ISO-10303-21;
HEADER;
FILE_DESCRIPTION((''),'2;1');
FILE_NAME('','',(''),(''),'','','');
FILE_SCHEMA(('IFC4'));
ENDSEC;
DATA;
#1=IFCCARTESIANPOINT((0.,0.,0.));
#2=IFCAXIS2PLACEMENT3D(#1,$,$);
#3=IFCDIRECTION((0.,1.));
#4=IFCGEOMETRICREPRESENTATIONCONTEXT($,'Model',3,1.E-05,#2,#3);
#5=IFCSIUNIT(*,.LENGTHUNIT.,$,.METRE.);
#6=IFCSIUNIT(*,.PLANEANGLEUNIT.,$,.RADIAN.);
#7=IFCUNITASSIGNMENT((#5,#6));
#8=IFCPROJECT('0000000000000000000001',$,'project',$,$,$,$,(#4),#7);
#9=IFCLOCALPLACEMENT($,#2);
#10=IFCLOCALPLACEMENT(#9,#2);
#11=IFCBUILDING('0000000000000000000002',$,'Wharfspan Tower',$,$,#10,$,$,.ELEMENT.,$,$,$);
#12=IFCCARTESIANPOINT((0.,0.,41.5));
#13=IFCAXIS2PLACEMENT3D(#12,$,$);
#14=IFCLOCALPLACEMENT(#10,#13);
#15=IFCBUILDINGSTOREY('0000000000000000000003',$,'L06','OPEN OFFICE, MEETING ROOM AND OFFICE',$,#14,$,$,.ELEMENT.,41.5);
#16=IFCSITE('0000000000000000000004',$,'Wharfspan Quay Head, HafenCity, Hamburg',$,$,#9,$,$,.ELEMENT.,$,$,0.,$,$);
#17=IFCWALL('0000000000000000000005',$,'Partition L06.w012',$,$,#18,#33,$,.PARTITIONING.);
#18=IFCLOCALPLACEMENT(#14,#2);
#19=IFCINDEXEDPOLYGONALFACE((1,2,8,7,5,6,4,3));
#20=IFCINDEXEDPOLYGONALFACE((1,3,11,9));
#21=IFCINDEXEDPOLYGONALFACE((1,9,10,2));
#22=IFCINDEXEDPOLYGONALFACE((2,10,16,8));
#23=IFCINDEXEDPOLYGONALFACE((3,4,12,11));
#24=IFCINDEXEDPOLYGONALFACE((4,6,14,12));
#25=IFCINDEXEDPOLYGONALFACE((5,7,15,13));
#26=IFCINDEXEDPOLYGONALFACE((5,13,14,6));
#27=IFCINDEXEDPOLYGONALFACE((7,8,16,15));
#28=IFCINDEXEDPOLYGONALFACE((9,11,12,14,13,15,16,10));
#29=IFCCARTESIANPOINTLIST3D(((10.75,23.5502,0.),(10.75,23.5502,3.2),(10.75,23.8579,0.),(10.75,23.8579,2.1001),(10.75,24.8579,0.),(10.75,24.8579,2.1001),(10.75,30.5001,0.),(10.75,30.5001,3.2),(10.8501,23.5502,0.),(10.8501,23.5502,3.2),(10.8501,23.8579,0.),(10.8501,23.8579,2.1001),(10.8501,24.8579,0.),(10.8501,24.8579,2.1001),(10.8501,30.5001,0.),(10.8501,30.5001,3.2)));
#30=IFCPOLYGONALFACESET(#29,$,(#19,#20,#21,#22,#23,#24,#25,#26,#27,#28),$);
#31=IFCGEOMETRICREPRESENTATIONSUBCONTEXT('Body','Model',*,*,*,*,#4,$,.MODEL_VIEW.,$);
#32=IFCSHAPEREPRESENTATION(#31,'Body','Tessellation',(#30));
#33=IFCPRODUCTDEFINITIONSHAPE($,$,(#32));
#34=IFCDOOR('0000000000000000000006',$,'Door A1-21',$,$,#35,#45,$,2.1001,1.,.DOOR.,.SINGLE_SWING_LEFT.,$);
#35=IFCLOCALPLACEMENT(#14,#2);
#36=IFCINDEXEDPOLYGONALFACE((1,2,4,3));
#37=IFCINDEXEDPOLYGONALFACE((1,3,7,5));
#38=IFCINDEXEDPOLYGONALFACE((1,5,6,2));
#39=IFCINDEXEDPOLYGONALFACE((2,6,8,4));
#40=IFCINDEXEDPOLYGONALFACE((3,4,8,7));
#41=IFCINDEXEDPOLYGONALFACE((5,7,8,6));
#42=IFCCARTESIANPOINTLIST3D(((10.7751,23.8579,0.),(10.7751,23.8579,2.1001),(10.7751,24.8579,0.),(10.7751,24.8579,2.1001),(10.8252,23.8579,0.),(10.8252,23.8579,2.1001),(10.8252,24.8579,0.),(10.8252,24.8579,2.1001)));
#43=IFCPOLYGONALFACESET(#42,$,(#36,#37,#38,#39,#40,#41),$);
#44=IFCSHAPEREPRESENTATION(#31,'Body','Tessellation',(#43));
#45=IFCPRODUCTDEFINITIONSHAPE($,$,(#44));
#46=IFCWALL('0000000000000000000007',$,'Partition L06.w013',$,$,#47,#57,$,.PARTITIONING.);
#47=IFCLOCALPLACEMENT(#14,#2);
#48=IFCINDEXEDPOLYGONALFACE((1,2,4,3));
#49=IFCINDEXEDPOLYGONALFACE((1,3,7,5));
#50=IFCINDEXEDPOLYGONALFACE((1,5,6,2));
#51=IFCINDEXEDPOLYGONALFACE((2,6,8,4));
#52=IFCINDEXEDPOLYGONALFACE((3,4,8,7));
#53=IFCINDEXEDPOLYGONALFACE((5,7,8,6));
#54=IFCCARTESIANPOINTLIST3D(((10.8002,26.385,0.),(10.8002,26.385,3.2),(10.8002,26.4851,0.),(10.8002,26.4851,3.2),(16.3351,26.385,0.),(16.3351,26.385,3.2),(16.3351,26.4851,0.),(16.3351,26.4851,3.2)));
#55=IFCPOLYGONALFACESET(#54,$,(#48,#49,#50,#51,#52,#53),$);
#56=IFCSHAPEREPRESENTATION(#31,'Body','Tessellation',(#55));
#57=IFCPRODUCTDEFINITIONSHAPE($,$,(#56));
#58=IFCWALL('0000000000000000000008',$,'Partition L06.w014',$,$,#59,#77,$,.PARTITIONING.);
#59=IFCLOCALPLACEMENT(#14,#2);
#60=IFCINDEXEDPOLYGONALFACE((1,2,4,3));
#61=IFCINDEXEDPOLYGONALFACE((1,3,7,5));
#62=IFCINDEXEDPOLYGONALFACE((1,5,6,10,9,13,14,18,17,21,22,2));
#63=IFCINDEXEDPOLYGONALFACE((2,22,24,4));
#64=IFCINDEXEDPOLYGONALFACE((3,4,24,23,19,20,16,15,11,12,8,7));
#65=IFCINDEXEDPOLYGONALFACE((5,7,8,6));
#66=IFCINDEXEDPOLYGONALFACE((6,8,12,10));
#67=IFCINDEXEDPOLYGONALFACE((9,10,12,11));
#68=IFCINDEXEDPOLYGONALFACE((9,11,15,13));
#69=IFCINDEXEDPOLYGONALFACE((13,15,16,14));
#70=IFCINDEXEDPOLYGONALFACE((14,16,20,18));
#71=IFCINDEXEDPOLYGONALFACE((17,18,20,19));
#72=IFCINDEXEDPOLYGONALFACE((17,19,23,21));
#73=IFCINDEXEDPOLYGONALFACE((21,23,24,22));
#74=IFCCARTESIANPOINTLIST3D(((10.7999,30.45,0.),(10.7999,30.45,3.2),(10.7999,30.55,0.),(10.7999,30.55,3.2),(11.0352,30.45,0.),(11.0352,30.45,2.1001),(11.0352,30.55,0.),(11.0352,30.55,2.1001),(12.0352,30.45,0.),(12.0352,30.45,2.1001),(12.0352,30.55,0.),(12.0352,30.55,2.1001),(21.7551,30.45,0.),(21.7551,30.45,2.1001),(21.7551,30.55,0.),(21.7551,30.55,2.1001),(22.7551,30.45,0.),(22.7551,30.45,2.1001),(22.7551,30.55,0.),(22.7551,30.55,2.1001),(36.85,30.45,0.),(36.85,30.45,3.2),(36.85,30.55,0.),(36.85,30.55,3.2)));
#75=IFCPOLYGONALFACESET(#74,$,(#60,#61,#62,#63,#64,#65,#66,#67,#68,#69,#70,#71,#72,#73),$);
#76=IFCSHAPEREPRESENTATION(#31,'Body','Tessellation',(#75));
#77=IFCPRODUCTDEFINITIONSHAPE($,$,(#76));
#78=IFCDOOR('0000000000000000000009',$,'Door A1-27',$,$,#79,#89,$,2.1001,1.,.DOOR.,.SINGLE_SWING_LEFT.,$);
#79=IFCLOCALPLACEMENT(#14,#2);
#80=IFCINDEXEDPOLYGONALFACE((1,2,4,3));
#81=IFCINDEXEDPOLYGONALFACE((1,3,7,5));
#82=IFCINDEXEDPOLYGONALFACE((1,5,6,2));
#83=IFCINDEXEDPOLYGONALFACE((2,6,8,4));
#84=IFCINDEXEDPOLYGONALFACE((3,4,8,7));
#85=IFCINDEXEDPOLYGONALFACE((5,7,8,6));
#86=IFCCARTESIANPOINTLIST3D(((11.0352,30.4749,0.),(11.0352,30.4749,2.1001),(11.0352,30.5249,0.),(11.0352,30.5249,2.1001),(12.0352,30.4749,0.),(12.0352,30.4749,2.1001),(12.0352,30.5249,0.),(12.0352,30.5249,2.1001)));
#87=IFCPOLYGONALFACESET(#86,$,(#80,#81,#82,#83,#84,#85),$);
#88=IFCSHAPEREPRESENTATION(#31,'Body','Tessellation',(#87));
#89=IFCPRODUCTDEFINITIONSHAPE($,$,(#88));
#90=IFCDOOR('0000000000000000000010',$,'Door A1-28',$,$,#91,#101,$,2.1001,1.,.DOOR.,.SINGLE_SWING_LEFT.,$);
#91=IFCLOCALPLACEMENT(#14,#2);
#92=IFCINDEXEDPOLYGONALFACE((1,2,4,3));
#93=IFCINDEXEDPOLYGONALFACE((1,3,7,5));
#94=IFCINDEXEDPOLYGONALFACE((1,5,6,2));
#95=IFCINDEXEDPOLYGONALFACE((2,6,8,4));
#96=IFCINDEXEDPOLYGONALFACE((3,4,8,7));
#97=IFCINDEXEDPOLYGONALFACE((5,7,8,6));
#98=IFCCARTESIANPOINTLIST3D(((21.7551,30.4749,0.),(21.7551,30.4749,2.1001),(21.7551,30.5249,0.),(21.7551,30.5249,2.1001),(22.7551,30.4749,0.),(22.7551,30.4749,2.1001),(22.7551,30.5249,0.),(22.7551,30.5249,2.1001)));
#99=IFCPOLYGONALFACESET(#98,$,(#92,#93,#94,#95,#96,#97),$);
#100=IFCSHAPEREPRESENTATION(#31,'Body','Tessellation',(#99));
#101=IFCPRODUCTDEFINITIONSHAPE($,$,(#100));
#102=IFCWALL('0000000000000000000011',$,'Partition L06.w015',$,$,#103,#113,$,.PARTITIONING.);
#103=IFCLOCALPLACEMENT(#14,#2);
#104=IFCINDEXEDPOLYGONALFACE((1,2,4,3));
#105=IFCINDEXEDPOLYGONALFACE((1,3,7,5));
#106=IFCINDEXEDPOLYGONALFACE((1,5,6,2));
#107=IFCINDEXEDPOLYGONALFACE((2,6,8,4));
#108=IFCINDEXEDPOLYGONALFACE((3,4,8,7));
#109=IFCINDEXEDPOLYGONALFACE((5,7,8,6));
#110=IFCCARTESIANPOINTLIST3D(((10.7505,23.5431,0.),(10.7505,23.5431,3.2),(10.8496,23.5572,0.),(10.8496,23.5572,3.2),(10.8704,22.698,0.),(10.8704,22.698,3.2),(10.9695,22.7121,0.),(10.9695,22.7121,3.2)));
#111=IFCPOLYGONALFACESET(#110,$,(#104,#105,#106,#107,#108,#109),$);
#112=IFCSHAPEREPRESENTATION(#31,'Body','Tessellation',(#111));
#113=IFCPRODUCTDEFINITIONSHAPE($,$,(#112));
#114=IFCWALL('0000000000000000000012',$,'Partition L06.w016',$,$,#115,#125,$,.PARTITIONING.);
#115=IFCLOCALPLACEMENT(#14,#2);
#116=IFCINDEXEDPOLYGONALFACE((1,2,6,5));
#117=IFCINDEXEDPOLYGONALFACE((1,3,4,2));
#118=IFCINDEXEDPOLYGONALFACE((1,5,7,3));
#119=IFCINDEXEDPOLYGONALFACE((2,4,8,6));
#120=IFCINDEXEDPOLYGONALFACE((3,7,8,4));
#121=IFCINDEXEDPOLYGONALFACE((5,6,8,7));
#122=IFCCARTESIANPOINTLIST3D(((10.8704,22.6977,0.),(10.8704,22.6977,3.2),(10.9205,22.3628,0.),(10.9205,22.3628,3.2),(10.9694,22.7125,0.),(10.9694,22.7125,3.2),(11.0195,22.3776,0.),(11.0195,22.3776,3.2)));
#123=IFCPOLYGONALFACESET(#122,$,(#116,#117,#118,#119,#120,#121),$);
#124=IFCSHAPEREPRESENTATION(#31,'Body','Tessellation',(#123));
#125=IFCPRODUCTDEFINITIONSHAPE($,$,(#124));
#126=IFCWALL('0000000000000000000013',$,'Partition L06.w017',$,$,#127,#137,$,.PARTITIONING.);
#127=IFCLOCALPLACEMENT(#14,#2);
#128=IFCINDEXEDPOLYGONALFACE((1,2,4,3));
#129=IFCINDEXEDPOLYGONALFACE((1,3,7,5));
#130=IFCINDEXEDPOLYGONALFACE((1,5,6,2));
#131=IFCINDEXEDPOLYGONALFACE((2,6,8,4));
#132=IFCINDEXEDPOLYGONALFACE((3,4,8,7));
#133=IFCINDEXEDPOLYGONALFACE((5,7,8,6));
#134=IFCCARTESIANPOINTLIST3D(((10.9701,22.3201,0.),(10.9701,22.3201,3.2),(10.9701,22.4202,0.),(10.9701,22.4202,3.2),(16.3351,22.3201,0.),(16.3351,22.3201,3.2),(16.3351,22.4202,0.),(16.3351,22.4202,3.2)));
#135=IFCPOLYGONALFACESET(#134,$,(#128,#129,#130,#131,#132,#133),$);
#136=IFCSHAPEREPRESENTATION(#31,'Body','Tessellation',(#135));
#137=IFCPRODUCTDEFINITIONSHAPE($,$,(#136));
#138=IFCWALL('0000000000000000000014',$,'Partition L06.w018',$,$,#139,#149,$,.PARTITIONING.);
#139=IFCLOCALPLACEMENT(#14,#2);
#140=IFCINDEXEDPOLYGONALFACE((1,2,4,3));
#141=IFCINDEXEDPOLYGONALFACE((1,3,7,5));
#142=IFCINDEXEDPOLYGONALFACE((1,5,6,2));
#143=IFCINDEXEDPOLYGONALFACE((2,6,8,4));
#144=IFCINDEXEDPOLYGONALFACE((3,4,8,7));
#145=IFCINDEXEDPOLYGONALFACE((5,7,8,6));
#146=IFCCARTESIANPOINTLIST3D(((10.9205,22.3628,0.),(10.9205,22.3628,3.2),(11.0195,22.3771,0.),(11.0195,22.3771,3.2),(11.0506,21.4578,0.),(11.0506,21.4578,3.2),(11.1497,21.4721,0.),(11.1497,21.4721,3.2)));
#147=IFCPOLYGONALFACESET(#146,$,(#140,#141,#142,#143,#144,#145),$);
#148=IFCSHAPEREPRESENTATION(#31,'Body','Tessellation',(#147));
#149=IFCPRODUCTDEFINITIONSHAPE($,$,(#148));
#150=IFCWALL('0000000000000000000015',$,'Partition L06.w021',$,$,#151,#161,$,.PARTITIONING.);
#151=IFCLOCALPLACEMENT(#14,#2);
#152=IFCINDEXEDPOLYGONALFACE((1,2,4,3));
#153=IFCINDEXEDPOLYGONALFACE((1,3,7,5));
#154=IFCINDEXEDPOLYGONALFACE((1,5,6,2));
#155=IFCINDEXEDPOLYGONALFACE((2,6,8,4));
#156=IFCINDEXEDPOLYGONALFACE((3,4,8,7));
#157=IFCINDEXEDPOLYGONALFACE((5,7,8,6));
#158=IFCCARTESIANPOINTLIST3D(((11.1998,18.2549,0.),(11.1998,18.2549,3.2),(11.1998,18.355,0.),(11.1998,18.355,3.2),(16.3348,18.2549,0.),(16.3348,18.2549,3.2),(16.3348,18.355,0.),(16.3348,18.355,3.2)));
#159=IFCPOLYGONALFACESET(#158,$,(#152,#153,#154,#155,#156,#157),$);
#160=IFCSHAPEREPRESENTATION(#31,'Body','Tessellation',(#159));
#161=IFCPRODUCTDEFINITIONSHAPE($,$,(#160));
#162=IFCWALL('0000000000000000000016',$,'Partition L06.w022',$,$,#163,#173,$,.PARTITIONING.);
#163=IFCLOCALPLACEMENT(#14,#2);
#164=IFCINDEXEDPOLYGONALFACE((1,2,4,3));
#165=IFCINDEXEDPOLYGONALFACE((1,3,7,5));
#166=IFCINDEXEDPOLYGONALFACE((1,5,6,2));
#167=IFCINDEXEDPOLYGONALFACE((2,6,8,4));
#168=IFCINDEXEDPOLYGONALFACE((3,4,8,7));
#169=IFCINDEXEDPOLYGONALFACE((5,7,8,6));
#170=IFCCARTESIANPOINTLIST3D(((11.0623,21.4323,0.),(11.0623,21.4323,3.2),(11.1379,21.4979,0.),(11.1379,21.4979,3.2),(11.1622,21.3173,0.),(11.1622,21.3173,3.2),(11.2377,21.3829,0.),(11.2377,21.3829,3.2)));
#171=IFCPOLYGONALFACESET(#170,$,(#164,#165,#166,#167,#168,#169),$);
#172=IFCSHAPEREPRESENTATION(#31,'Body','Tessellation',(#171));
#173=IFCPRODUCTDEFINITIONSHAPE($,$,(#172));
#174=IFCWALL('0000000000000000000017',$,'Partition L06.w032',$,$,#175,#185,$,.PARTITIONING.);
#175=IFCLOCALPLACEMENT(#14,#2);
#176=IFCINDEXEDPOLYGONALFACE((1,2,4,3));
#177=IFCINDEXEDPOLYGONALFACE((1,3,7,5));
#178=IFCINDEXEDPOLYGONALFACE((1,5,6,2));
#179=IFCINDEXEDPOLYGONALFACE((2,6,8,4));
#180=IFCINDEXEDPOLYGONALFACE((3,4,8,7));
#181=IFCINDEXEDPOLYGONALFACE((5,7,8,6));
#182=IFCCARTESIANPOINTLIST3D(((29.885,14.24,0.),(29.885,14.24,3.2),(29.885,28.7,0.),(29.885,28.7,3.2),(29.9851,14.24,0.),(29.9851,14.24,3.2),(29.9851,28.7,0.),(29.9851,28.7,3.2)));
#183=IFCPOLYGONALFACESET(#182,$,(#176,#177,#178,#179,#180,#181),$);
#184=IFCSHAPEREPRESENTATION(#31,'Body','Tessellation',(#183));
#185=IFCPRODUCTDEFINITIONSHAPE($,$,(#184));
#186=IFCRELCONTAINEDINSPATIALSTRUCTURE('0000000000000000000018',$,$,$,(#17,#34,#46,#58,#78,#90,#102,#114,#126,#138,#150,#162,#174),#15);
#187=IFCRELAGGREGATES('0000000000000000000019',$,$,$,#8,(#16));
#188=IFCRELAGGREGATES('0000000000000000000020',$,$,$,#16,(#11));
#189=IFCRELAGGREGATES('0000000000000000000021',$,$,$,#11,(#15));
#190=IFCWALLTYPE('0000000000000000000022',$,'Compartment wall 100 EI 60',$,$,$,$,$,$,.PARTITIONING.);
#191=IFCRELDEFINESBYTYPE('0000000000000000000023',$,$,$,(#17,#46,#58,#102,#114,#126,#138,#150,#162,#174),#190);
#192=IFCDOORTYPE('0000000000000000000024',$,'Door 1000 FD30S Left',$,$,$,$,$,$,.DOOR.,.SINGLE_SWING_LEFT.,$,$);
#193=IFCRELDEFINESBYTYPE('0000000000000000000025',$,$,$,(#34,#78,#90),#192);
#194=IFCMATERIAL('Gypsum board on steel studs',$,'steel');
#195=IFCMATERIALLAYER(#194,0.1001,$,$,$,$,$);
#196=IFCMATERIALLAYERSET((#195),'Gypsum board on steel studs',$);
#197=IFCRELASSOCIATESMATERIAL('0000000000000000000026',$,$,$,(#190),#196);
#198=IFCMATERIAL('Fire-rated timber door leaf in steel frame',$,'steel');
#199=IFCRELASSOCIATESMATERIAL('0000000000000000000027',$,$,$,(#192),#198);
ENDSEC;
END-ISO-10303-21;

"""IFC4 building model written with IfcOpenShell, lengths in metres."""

from ifc_helpers import new_model, si_unit, direction, frame, frame_2d, origin, place, context, subcontext, project, spatial, rectangle, extrude, material, layer, layer_set, type_object, element, fill, save


model = new_model("IFC4")

# Units and contexts
model_context = context("Model", 3, precision=1e-05, world=origin(), true_north=direction((0.0, 1.0)))
body_context = subcontext(model_context, "Body", "Model", "MODEL_VIEW")
ifc_project = project(units=[si_unit("LENGTHUNIT", "METRE"), si_unit("PLANEANGLEUNIT", "RADIAN")], contexts=[model_context])

# Site, building, storey
site_placement = place(None, origin())
site = spatial("IfcSite", under=ifc_project, at=site_placement, Name="Wharfspan Quay Head, HafenCity, Hamburg", CompositionType="ELEMENT", RefElevation=0.0)
building_placement = place(site_placement, origin())
building = spatial("IfcBuilding", under=site, at=building_placement, Name="Wharfspan Tower", CompositionType="ELEMENT")
storey_placement = place(building_placement, frame((0.0, 0.0, 41.5)))
storey = spatial("IfcBuildingStorey", under=building, at=storey_placement, Name="L06", Description="OPEN OFFICE, MEETING ROOM AND OFFICE", CompositionType="ELEMENT", Elevation=41.5)

# Shared definitions
ifc_material_1 = material(Name="Gypsum board on steel studs", Category="steel")
ifc_layer_1 = layer(ifc_material_1, 0.1001)
ifc_layer_set_1 = layer_set([ifc_layer_1], Name="Gypsum board on steel studs")
wall_type_1 = type_object("IfcWallType", Name="Compartment wall 100 EI 60", PredefinedType="PARTITIONING", material=ifc_layer_set_1)
ifc_material_2 = material(Name="Fire-rated timber door leaf in steel frame", Category="steel")

# Wall, opening, door
wall_1_placement = place(storey_placement, frame((10.8, 23.55, 0.0), z_axis=(0.0, 0.0, 1.0), x_axis=(0.0, 1.0, 0.0)))
wall_1 = element("IfcWall", 1, at=wall_1_placement, inside=storey, type_object=wall_type_1, Name="Partition L06.w012", PredefinedType="PARTITIONING", context=body_context, shape_type="SweptSolid", body=[
    extrude(rectangle(XDim=6.95, YDim=0.1001, at=frame_2d((3.4751, 0.0))), origin(), (0.0, 0.0, 1.0), 3.2),
])
opening_1_placement = place(wall_1_placement, frame((0.3079, 0.0, 0.0)))
opening_1 = element("IfcOpeningElement", 2, at=opening_1_placement, cuts=wall_1, PredefinedType="OPENING", context=body_context, shape_type="SweptSolid", body=[
    extrude(rectangle(XDim=1.0, YDim=2.1001, at=frame_2d((0.5, 1.05))), frame((0.0, 0.0601, 0.0), z_axis=(0.0, -1.0, 0.0), x_axis=(1.0, 0.0, 0.0)), (0.0, 0.0, 1.0), 0.1201),
])
door_type_1 = type_object("IfcDoorType", Name="Door 1000 FD30S Left", OperationType="SINGLE_SWING_LEFT", PredefinedType="DOOR", material=ifc_material_2)
door_1_placement = place(opening_1_placement, origin())
door_1 = element("IfcDoor", 3, at=door_1_placement, inside=storey, type_object=door_type_1, Name="Door A1-21", OperationType="SINGLE_SWING_LEFT", OverallHeight=2.1001, OverallWidth=1.0, PredefinedType="DOOR", context=body_context, shape_type="SweptSolid", body=[
    extrude(rectangle(XDim=1.0, YDim=2.1001, at=frame_2d((0.5, 1.05))), frame((0.0, 0.0249, 0.0), z_axis=(0.0, -1.0, 0.0), x_axis=(1.0, 0.0, 0.0)), (0.0, 0.0, 1.0), 0.05),
])
fill(opening_1, door_1)

# Wall
wall_2_placement = place(storey_placement, frame((10.8, 26.4351, 0.0), z_axis=(0.0, 0.0, 1.0), x_axis=(1.0, 0.0, 0.0)))
element("IfcWall", 4, at=wall_2_placement, inside=storey, type_object=wall_type_1, Name="Partition L06.w013", PredefinedType="PARTITIONING", context=body_context, shape_type="SweptSolid", body=[
    extrude(rectangle(XDim=5.5349, YDim=0.1001, at=frame_2d((2.7676, 0.0))), origin(), (0.0, 0.0, 1.0), 3.2),
])

# Wall, openings, doors
wall_3_placement = place(storey_placement, frame((10.8, 30.5, 0.0), z_axis=(0.0, 0.0, 1.0), x_axis=(1.0, 0.0, 0.0)))
wall_3 = element("IfcWall", 5, at=wall_3_placement, inside=storey, type_object=wall_type_1, Name="Partition L06.w014", PredefinedType="PARTITIONING", context=body_context, shape_type="SweptSolid", body=[
    extrude(rectangle(XDim=26.05, YDim=0.1001, at=frame_2d((13.0249, 0.0))), origin(), (0.0, 0.0, 1.0), 3.2),
])
opening_2_placement = place(wall_3_placement, frame((0.2351, 0.0, 0.0)))
opening_2 = element("IfcOpeningElement", 6, at=opening_2_placement, cuts=wall_3, PredefinedType="OPENING", context=body_context, shape_type="SweptSolid", body=[
    extrude(rectangle(XDim=1.0, YDim=2.1001, at=frame_2d((0.5, 1.05))), frame((0.0, 0.0601, 0.0), z_axis=(0.0, -1.0, 0.0), x_axis=(1.0, 0.0, 0.0)), (0.0, 0.0, 1.0), 0.1201),
])
opening_3_placement = place(wall_3_placement, frame((10.9551, 0.0, 0.0)))
opening_3 = element("IfcOpeningElement", 7, at=opening_3_placement, cuts=wall_3, PredefinedType="OPENING", context=body_context, shape_type="SweptSolid", body=[
    extrude(rectangle(XDim=1.0, YDim=2.1001, at=frame_2d((0.5, 1.05))), frame((0.0, 0.0601, 0.0), z_axis=(0.0, -1.0, 0.0), x_axis=(1.0, 0.0, 0.0)), (0.0, 0.0, 1.0), 0.1201),
])
door_2_placement = place(opening_2_placement, origin())
door_2 = element("IfcDoor", 8, at=door_2_placement, inside=storey, type_object=door_type_1, Name="Door A1-27", OperationType="SINGLE_SWING_LEFT", OverallHeight=2.1001, OverallWidth=1.0, PredefinedType="DOOR", context=body_context, shape_type="SweptSolid", body=[
    extrude(rectangle(XDim=1.0, YDim=2.1001, at=frame_2d((0.5, 1.05))), frame((0.0, 0.0249, 0.0), z_axis=(0.0, -1.0, 0.0), x_axis=(1.0, 0.0, 0.0)), (0.0, 0.0, 1.0), 0.05),
])
fill(opening_2, door_2)
door_3_placement = place(opening_3_placement, origin())
door_3 = element("IfcDoor", 9, at=door_3_placement, inside=storey, type_object=door_type_1, Name="Door A1-28", OperationType="SINGLE_SWING_LEFT", OverallHeight=2.1001, OverallWidth=1.0, PredefinedType="DOOR", context=body_context, shape_type="SweptSolid", body=[
    extrude(rectangle(XDim=1.0, YDim=2.1001, at=frame_2d((0.5, 1.05))), frame((0.0, 0.0249, 0.0), z_axis=(0.0, -1.0, 0.0), x_axis=(1.0, 0.0, 0.0)), (0.0, 0.0, 1.0), 0.05),
])
fill(opening_3, door_3)

# Walls
wall_4_placement = place(storey_placement, frame((10.9199, 22.7051, 0.0), z_axis=(0.0, 0.0, 1.0), x_axis=(-0.14046, 0.990086, 0.0)))
element("IfcWall", 10, at=wall_4_placement, inside=storey, type_object=wall_type_1, Name="Partition L06.w015", PredefinedType="PARTITIONING", context=body_context, shape_type="SweptSolid", body=[
    extrude(rectangle(XDim=0.8535, YDim=0.1001, at=frame_2d((0.4268, 0.0))), origin(), (0.0, 0.0, 1.0), 3.2),
])
wall_5_placement = place(storey_placement, frame((10.97, 22.3701, 0.0), z_axis=(0.0, 0.0, 1.0), x_axis=(-0.147776, 0.989018, 0.0)))
element("IfcWall", 11, at=wall_5_placement, inside=storey, type_object=wall_type_1, Name="Partition L06.w016", PredefinedType="PARTITIONING", context=body_context, shape_type="SweptSolid", body=[
    extrude(rectangle(XDim=0.3386, YDim=0.1001, at=frame_2d((0.1694, 0.0))), origin(), (0.0, 0.0, 1.0), 3.2),
])
wall_6_placement = place(storey_placement, frame((10.97, 22.3701, 0.0), z_axis=(0.0, 0.0, 1.0), x_axis=(1.0, 0.0, 0.0)))
element("IfcWall", 12, at=wall_6_placement, inside=storey, type_object=wall_type_1, Name="Partition L06.w017", PredefinedType="PARTITIONING", context=body_context, shape_type="SweptSolid", body=[
    extrude(rectangle(XDim=5.365, YDim=0.1001, at=frame_2d((2.6826, 0.0))), origin(), (0.0, 0.0, 1.0), 3.2),
])
wall_7_placement = place(storey_placement, frame((11.1001, 21.4651, 0.0), z_axis=(0.0, 0.0, 1.0), x_axis=(-0.142318, 0.989818, 0.0)))
element("IfcWall", 13, at=wall_7_placement, inside=storey, type_object=wall_type_1, Name="Partition L06.w018", PredefinedType="PARTITIONING", context=body_context, shape_type="SweptSolid", body=[
    extrude(rectangle(XDim=0.9143, YDim=0.1001, at=frame_2d((0.457, 0.0))), origin(), (0.0, 0.0, 1.0), 3.2),
])
wall_8_placement = place(storey_placement, frame((11.2, 18.3049, 0.0), z_axis=(0.0, 0.0, 1.0), x_axis=(1.0, 0.0, 0.0)))
element("IfcWall", 14, at=wall_8_placement, inside=storey, type_object=wall_type_1, Name="Partition L06.w021", PredefinedType="PARTITIONING", context=body_context, shape_type="SweptSolid", body=[
    extrude(rectangle(XDim=5.135, YDim=0.1001, at=frame_2d((2.5674, 0.0))), origin(), (0.0, 0.0, 1.0), 3.2),
])
wall_9_placement = place(storey_placement, frame((11.2, 21.3501, 0.0), z_axis=(0.0, 0.0, 1.0), x_axis=(-0.65566, 0.755051, 0.0)))
element("IfcWall", 15, at=wall_9_placement, inside=storey, type_object=wall_type_1, Name="Partition L06.w022", PredefinedType="PARTITIONING", context=body_context, shape_type="SweptSolid", body=[
    extrude(rectangle(XDim=0.1523, YDim=0.1001, at=frame_2d((0.0762, 0.0))), origin(), (0.0, 0.0, 1.0), 3.2),
])
for number, where, z_axis, x_axis, name in (
    (16, (29.9351, 14.24, 0.0), (0.0, 0.0, 1.0), (0.0, 1.0, 0.0), "Partition L06.w032"),
):
    element("IfcWall", number, at=place(storey_placement, frame(where, z_axis=z_axis, x_axis=x_axis)), inside=storey, type_object=wall_type_1, Name=name, PredefinedType="PARTITIONING", context=body_context, shape_type="SweptSolid", body=[
        extrude(rectangle(XDim=14.46, YDim=0.1001, at=frame_2d((7.23, 0.0))), origin(), (0.0, 0.0, 1.0), 3.2),
    ])

save(model, "model.ifc")
